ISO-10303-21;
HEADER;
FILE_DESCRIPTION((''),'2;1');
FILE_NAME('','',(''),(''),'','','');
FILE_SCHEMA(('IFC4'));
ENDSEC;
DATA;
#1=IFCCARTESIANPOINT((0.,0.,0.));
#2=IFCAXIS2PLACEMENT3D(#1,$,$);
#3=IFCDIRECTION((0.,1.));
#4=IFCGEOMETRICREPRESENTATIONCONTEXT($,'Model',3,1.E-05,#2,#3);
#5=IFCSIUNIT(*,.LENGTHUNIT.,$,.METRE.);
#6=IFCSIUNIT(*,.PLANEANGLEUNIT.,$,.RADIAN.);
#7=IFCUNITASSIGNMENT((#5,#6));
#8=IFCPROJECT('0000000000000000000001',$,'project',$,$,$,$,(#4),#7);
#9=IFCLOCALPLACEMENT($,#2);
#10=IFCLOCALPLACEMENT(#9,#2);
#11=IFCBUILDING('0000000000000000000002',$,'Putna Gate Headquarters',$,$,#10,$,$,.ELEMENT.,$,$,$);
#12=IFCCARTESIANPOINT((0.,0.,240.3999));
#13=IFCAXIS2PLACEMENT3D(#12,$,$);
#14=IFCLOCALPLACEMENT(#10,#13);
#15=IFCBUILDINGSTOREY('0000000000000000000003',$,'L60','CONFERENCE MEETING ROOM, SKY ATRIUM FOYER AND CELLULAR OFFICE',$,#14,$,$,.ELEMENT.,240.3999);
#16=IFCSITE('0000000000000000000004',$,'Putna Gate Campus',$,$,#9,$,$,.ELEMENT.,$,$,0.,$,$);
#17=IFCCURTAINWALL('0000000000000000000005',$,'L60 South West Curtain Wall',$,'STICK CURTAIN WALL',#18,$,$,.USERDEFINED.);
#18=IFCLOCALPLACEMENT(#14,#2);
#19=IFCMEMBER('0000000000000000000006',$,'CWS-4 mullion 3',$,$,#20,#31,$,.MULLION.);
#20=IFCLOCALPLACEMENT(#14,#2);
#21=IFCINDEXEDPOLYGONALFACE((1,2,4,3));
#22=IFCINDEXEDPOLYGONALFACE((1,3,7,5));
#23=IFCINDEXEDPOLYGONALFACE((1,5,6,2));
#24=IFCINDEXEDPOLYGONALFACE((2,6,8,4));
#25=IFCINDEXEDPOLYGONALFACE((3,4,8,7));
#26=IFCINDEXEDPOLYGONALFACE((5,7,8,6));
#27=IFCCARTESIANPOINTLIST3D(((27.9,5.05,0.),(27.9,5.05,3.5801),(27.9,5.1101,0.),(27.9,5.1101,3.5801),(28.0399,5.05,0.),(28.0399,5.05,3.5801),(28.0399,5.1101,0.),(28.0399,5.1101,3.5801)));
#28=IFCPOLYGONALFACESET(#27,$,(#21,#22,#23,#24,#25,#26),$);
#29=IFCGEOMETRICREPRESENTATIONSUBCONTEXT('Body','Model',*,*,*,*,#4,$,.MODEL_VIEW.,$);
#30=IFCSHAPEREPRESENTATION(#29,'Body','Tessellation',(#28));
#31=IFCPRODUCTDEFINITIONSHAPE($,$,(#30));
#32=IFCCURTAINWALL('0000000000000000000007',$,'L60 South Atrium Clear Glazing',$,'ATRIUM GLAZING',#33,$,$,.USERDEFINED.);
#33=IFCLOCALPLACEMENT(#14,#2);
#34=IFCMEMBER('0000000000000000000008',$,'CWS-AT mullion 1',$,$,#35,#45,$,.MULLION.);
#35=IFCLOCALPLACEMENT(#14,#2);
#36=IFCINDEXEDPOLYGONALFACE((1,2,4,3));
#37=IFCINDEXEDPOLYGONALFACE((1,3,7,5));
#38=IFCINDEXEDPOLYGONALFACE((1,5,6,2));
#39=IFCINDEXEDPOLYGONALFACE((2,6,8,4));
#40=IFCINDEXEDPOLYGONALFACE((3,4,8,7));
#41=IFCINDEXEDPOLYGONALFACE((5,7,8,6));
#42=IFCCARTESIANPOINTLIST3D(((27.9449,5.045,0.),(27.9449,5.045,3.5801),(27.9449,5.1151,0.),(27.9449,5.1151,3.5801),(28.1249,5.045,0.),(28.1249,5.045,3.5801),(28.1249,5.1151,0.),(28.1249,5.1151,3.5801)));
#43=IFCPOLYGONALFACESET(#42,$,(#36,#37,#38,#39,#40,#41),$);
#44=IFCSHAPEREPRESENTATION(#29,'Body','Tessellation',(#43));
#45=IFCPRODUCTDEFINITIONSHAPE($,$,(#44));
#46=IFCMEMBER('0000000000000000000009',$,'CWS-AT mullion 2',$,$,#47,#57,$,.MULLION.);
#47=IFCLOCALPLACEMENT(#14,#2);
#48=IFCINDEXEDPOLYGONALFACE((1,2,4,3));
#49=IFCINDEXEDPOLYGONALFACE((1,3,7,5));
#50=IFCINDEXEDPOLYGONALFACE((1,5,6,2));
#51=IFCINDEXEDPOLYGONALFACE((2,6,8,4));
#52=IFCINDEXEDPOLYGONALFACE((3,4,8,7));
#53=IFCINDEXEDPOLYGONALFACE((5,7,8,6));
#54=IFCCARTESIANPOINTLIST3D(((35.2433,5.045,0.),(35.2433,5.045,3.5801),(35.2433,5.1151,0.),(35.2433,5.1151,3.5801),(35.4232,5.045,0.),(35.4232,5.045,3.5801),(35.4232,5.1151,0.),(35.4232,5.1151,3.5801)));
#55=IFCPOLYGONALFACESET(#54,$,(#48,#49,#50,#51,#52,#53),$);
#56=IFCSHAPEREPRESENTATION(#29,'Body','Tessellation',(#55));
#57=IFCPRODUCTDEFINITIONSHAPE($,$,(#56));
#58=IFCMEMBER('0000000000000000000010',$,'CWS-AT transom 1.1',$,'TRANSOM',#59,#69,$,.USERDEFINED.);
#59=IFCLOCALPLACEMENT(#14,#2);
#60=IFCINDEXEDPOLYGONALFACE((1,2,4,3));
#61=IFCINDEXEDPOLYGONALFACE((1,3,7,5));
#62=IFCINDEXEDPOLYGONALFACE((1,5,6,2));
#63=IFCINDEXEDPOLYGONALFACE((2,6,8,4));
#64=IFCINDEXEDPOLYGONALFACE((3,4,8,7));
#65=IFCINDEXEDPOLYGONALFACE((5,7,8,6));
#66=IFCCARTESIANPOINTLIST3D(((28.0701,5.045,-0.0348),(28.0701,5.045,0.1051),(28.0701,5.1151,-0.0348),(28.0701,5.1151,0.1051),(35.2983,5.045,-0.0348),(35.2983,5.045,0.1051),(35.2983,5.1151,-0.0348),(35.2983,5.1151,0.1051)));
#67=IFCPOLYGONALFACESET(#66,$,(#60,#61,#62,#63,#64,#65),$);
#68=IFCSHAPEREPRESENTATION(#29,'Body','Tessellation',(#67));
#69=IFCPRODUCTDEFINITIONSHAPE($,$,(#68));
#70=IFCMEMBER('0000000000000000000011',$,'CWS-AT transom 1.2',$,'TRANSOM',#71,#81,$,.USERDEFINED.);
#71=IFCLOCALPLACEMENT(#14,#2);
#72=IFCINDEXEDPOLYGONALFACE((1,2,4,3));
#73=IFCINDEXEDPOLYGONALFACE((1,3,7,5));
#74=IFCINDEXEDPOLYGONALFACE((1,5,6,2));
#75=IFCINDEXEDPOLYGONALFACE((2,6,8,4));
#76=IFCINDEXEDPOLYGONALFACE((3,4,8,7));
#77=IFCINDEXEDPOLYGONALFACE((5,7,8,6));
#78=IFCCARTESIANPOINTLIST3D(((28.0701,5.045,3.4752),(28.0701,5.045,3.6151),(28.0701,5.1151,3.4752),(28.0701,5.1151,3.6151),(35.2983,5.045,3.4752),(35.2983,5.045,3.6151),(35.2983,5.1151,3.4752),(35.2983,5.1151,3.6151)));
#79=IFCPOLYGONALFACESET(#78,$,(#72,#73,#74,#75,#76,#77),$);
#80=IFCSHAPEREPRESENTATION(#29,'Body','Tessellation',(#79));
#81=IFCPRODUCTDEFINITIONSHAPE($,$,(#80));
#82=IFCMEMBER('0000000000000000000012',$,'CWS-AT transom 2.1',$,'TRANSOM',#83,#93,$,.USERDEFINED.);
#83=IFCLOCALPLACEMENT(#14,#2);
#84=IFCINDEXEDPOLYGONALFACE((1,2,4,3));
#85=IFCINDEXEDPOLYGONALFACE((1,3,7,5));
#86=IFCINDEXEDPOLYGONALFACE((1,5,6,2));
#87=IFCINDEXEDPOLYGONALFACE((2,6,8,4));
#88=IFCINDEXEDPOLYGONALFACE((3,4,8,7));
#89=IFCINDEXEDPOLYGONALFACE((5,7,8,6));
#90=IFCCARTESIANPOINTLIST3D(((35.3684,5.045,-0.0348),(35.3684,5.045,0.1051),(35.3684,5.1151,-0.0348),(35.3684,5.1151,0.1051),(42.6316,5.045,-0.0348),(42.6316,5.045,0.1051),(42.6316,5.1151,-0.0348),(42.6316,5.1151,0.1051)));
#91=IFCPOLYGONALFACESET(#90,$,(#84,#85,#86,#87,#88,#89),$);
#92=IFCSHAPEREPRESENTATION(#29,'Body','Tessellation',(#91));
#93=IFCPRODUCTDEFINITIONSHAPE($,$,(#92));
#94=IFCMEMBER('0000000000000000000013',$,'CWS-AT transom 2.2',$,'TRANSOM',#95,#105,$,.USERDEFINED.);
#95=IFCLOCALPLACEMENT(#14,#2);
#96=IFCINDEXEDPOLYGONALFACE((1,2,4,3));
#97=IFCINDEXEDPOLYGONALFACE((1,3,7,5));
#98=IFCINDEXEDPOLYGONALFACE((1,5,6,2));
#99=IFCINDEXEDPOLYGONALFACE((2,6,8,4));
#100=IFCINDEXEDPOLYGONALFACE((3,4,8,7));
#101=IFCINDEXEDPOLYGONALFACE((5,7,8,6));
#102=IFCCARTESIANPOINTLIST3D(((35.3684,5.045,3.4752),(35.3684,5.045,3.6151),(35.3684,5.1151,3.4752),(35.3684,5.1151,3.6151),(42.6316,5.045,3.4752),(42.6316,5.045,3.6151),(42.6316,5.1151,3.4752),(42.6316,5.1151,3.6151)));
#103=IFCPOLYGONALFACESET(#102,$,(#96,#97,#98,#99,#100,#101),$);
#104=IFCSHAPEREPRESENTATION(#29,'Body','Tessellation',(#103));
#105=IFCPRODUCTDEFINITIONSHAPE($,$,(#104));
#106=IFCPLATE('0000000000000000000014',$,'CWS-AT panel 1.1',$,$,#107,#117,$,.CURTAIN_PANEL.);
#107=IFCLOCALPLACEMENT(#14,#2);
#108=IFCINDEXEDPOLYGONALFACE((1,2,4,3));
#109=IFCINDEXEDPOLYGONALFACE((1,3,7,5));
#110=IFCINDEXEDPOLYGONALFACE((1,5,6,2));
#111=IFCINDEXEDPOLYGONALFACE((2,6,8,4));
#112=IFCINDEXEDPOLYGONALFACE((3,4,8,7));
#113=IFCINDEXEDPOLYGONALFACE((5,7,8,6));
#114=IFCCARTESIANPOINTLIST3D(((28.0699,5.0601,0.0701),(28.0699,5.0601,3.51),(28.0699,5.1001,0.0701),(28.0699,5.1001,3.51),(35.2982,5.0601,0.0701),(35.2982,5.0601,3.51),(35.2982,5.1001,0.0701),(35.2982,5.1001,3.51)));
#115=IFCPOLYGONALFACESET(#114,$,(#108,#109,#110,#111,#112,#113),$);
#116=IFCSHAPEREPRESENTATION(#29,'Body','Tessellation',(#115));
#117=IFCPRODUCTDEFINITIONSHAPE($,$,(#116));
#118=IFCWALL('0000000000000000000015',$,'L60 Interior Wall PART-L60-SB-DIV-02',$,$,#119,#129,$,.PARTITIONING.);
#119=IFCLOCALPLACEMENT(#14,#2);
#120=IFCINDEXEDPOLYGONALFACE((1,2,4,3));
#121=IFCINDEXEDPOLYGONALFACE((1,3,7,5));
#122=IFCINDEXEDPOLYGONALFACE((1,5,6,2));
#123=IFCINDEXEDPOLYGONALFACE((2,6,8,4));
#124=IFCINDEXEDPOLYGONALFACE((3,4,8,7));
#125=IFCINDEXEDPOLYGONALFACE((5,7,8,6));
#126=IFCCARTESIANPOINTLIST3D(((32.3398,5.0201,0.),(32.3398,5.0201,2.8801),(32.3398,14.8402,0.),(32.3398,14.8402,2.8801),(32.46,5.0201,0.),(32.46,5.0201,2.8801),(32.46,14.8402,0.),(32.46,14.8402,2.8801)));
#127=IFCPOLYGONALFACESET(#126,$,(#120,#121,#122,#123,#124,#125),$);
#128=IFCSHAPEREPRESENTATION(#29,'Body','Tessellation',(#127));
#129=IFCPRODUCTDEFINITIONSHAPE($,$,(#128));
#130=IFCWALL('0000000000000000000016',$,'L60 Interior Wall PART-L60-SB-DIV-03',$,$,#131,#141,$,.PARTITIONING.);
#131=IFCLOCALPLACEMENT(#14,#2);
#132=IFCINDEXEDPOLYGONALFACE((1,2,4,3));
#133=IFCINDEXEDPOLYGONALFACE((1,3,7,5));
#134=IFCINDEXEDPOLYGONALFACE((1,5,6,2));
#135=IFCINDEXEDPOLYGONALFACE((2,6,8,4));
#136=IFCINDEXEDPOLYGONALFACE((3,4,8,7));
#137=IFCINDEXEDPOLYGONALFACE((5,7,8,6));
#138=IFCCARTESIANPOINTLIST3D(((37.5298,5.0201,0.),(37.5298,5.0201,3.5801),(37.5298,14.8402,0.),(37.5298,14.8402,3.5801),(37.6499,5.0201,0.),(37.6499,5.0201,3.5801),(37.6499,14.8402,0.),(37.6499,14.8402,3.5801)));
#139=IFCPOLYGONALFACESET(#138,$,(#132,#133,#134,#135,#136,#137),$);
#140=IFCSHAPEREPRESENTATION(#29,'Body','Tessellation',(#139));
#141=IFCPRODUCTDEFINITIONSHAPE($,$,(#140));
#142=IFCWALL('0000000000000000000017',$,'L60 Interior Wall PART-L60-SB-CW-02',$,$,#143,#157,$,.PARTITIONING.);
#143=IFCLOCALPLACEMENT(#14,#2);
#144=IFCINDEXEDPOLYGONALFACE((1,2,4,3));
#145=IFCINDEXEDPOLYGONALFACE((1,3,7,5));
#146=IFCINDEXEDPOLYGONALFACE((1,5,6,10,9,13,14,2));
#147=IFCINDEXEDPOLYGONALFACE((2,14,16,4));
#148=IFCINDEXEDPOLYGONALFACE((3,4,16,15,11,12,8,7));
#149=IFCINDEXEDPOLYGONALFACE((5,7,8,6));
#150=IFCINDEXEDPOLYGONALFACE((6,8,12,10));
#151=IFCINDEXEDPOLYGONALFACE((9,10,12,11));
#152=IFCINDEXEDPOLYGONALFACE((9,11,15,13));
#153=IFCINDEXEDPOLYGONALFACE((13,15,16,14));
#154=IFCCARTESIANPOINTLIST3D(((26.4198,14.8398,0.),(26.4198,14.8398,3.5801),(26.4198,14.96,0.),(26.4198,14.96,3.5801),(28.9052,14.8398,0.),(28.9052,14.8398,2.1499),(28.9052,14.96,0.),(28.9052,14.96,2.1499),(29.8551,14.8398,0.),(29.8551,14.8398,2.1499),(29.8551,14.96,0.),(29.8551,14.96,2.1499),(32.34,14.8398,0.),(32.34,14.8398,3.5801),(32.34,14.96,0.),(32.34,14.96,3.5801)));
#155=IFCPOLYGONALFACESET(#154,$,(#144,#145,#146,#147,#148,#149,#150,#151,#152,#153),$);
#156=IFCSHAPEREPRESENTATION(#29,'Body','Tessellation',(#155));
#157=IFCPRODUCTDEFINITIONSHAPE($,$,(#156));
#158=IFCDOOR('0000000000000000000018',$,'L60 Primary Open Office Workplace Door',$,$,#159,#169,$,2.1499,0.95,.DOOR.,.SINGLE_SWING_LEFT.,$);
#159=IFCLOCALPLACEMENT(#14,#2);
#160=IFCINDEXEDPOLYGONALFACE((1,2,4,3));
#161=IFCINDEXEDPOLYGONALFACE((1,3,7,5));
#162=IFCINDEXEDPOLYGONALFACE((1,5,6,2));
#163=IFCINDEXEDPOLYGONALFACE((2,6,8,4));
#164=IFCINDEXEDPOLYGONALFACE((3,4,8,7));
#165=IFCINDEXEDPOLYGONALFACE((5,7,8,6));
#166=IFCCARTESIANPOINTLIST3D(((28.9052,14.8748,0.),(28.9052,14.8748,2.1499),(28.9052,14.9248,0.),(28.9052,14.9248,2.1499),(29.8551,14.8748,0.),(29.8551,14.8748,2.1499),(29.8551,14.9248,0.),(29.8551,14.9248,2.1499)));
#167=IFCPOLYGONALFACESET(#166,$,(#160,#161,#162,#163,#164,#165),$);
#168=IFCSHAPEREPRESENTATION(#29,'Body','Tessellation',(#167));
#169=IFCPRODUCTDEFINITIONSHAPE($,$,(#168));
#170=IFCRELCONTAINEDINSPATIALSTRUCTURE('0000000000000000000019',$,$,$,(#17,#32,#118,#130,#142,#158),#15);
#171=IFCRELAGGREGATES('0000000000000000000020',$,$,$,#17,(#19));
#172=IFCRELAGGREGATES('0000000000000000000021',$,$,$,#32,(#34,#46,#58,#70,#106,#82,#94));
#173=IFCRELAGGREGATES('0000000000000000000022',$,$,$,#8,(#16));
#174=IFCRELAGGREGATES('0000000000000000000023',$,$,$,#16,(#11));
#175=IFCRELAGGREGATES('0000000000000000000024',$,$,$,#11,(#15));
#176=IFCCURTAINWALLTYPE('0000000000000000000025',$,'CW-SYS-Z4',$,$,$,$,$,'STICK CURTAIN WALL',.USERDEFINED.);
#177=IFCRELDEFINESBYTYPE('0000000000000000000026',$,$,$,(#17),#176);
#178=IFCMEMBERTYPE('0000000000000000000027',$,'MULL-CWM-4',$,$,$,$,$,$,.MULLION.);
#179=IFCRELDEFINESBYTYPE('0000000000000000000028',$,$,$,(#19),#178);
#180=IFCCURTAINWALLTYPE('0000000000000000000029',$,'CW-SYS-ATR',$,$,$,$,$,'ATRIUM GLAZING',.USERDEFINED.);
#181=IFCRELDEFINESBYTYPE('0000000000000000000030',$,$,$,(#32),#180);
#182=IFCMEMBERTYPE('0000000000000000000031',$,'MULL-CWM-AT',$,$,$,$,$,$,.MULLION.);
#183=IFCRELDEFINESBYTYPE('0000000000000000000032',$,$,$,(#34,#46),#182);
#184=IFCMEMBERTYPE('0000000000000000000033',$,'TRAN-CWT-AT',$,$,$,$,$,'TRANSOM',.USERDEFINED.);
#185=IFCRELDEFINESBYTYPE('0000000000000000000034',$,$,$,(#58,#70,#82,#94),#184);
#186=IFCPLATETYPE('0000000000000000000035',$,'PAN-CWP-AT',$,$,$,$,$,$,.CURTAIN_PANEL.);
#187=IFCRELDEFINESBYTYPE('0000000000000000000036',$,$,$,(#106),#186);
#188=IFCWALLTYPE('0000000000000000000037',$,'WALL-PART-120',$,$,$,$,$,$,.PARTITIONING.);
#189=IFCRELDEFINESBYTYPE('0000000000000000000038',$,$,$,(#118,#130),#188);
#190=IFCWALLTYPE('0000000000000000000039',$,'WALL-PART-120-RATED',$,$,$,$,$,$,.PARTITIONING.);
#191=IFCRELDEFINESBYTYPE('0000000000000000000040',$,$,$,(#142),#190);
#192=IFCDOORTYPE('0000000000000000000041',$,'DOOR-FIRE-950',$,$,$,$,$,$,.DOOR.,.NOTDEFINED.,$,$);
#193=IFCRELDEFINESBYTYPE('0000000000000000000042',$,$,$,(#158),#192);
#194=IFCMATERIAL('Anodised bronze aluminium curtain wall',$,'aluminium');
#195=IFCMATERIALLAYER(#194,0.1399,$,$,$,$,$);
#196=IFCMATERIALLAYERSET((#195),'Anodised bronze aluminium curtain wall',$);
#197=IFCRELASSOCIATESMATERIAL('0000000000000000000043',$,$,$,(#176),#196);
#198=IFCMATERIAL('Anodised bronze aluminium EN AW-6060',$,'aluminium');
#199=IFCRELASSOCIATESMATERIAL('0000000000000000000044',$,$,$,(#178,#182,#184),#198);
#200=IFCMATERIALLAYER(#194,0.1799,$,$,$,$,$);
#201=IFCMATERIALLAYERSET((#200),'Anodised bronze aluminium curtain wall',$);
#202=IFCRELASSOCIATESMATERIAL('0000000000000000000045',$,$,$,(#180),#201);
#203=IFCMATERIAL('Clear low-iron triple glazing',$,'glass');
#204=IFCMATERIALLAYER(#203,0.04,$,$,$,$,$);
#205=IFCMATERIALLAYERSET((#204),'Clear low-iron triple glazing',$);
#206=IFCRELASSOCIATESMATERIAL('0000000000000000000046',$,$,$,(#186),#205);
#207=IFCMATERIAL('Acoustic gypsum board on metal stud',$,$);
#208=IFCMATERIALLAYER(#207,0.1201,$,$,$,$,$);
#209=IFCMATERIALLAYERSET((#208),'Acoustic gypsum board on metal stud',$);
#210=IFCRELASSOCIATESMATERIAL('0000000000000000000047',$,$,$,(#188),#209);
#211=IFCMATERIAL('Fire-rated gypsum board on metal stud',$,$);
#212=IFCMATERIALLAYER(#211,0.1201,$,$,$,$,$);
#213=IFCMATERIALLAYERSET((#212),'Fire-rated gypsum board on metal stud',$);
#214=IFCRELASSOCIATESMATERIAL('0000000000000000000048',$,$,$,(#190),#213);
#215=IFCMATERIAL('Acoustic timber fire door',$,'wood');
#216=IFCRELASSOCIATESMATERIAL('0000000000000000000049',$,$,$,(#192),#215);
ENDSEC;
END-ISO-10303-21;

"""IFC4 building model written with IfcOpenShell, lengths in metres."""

from ifc_helpers import new_model, si_unit, direction, frame, frame_2d, origin, origin_2d, place, context, subcontext, project, spatial, rectangle, extrude, material, layer, layer_set, material_profile, profile_set, type_object, element, fill, aggregate, save


model = new_model("IFC4")

# Units and contexts
model_context = context("Model", 3, precision=1e-05, world=origin(), true_north=direction((0.0, 1.0)))
body_context = subcontext(model_context, "Body", "Model", "MODEL_VIEW")
ifc_project = project(units=[si_unit("LENGTHUNIT", "METRE"), si_unit("PLANEANGLEUNIT", "RADIAN")], contexts=[model_context])

# Site, building, storey
site_placement = place(None, origin())
site = spatial("IfcSite", under=ifc_project, at=site_placement, Name="Putna Gate Campus", CompositionType="ELEMENT", RefElevation=0.0)
building_placement = place(site_placement, origin())
building = spatial("IfcBuilding", under=site, at=building_placement, Name="Putna Gate Headquarters", CompositionType="ELEMENT")
storey_placement = place(building_placement, frame((0.0, 0.0, 240.3999)))
storey = spatial("IfcBuildingStorey", under=building, at=storey_placement, Name="L60", Description="CONFERENCE MEETING ROOM, SKY ATRIUM FOYER AND CELLULAR OFFICE", CompositionType="ELEMENT", Elevation=240.3999)

# Curtain wall, member
ifc_material_1 = material(Name="Anodised bronze aluminium curtain wall", Category="aluminium")
ifc_layer_1 = layer(ifc_material_1, 0.1399)
ifc_layer_set_1 = layer_set([ifc_layer_1], Name="Anodised bronze aluminium curtain wall")
curtain_wall_type_1 = type_object("IfcCurtainWallType", Name="CW-SYS-Z4", ElementType="STICK CURTAIN WALL", PredefinedType="USERDEFINED", material=ifc_layer_set_1)
curtain_wall_1_placement = place(storey_placement, origin())
curtain_wall_1 = element("IfcCurtainWall", 1, at=curtain_wall_1_placement, inside=storey, type_object=curtain_wall_type_1, Name="L60 South West Curtain Wall", ObjectType="STICK CURTAIN WALL", PredefinedType="USERDEFINED")
ifc_material_2 = material(Name="Anodised bronze aluminium EN AW-6060", Category="aluminium")
ifc_material_profile_1 = material_profile(ifc_material_2, rectangle(XDim=0.0601, YDim=0.1399, at=origin_2d()), Name="Anodised bronze aluminium EN AW-6060")
ifc_profile_set_1 = profile_set([ifc_material_profile_1], Name="Anodised bronze aluminium EN AW-6060")
member_type_1 = type_object("IfcMemberType", Name="MULL-CWM-4", PredefinedType="MULLION", material=ifc_profile_set_1)
member_1_placement = place(storey_placement, frame((27.97, 5.0801, 0.0), z_axis=(0.0, 0.0, 1.0), x_axis=(0.0, 1.0, 0.0)))
member_1 = element("IfcMember", 2, at=member_1_placement, type_object=member_type_1, Name="CWS-4 mullion 3", PredefinedType="MULLION", context=body_context, shape_type="SweptSolid", body=[
    extrude(rectangle(XDim=0.0601, YDim=0.1399, at=origin_2d()), origin(), (0.0, 0.0, 1.0), 3.5801),
])
aggregate(curtain_wall_1, [member_1])

# Curtain wall, members, plate
ifc_layer_2 = layer(ifc_material_1, 0.1799)
ifc_layer_set_2 = layer_set([ifc_layer_2], Name="Anodised bronze aluminium curtain wall")
curtain_wall_type_2 = type_object("IfcCurtainWallType", Name="CW-SYS-ATR", ElementType="ATRIUM GLAZING", PredefinedType="USERDEFINED", material=ifc_layer_set_2)
curtain_wall_2_placement = place(storey_placement, origin())
curtain_wall_2 = element("IfcCurtainWall", 3, at=curtain_wall_2_placement, inside=storey, type_object=curtain_wall_type_2, Name="L60 South Atrium Clear Glazing", ObjectType="ATRIUM GLAZING", PredefinedType="USERDEFINED")
ifc_material_profile_2 = material_profile(ifc_material_2, rectangle(XDim=0.0701, YDim=0.1799, at=origin_2d()), Name="Anodised bronze aluminium EN AW-6060")
ifc_profile_set_2 = profile_set([ifc_material_profile_2], Name="Anodised bronze aluminium EN AW-6060")
member_type_2 = type_object("IfcMemberType", Name="MULL-CWM-AT", PredefinedType="MULLION", material=ifc_profile_set_2)
member_2_placement = place(storey_placement, frame((28.0349, 5.0801, 0.0), z_axis=(0.0, 0.0, 1.0), x_axis=(0.0, 1.0, 0.0)))
member_2 = element("IfcMember", 4, at=member_2_placement, type_object=member_type_2, Name="CWS-AT mullion 1", PredefinedType="MULLION", context=body_context, shape_type="SweptSolid", body=[
    extrude(rectangle(XDim=0.0701, YDim=0.1799, at=origin_2d()), origin(), (0.0, 0.0, 1.0), 3.5801),
])
member_3_placement = place(storey_placement, frame((35.3333, 5.0801, 0.0), z_axis=(0.0, 0.0, 1.0), x_axis=(0.0, 1.0, 0.0)))
member_3 = element("IfcMember", 5, at=member_3_placement, type_object=member_type_2, Name="CWS-AT mullion 2", PredefinedType="MULLION", context=body_context, shape_type="SweptSolid", body=[
    extrude(rectangle(XDim=0.0701, YDim=0.1799, at=origin_2d()), origin(), (0.0, 0.0, 1.0), 3.5801),
])
ifc_material_profile_3 = material_profile(ifc_material_2, rectangle(XDim=0.0701, YDim=0.1399, at=origin_2d()), Name="Anodised bronze aluminium EN AW-6060")
ifc_profile_set_3 = profile_set([ifc_material_profile_3], Name="Anodised bronze aluminium EN AW-6060")
member_type_3 = type_object("IfcMemberType", Name="TRAN-CWT-AT", ElementType="TRANSOM", PredefinedType="USERDEFINED", material=ifc_profile_set_3)
member_4_placement = place(storey_placement, frame((28.0701, 5.0801, 0.0352), z_axis=(1.0, 0.0, 0.0), x_axis=(0.0, 1.0, 0.0)))
member_4 = element("IfcMember", 6, at=member_4_placement, type_object=member_type_3, Name="CWS-AT transom 1.1", ObjectType="TRANSOM", PredefinedType="USERDEFINED", context=body_context, shape_type="SweptSolid", body=[
    extrude(rectangle(XDim=0.0701, YDim=0.1399, at=origin_2d()), origin(), (0.0, 0.0, 1.0), 7.2283),
])
member_5_placement = place(storey_placement, frame((28.0701, 5.0801, 3.5452), z_axis=(1.0, 0.0, 0.0), x_axis=(0.0, 1.0, 0.0)))
member_5 = element("IfcMember", 7, at=member_5_placement, type_object=member_type_3, Name="CWS-AT transom 1.2", ObjectType="TRANSOM", PredefinedType="USERDEFINED", context=body_context, shape_type="SweptSolid", body=[
    extrude(rectangle(XDim=0.0701, YDim=0.1399, at=origin_2d()), origin(), (0.0, 0.0, 1.0), 7.2283),
])
member_6_placement = place(storey_placement, frame((35.3684, 5.0801, 0.0352), z_axis=(1.0, 0.0, 0.0), x_axis=(0.0, 1.0, 0.0)))
member_6 = element("IfcMember", 8, at=member_6_placement, type_object=member_type_3, Name="CWS-AT transom 2.1", ObjectType="TRANSOM", PredefinedType="USERDEFINED", context=body_context, shape_type="SweptSolid", body=[
    extrude(rectangle(XDim=0.0701, YDim=0.1399, at=origin_2d()), origin(), (0.0, 0.0, 1.0), 7.2632),
])
member_7_placement = place(storey_placement, frame((35.3684, 5.0801, 3.5452), z_axis=(1.0, 0.0, 0.0), x_axis=(0.0, 1.0, 0.0)))
member_7 = element("IfcMember", 9, at=member_7_placement, type_object=member_type_3, Name="CWS-AT transom 2.2", ObjectType="TRANSOM", PredefinedType="USERDEFINED", context=body_context, shape_type="SweptSolid", body=[
    extrude(rectangle(XDim=0.0701, YDim=0.1399, at=origin_2d()), origin(), (0.0, 0.0, 1.0), 7.2632),
])
ifc_material_3 = material(Name="Clear low-iron triple glazing", Category="glass")
ifc_layer_3 = layer(ifc_material_3, 0.04)
ifc_layer_set_3 = layer_set([ifc_layer_3], Name="Clear low-iron triple glazing")
plate_type = type_object("IfcPlateType", Name="PAN-CWP-AT", PredefinedType="CURTAIN_PANEL", material=ifc_layer_set_3)
plate_placement = place(storey_placement, frame((31.6841, 5.0801, 0.0701), z_axis=(0.0, 0.0, 1.0), x_axis=(1.0, 0.0, 0.0)))
plate = element("IfcPlate", 10, at=plate_placement, type_object=plate_type, Name="CWS-AT panel 1.1", PredefinedType="CURTAIN_PANEL", context=body_context, shape_type="SweptSolid", body=[
    extrude(rectangle(XDim=7.2283, YDim=0.04, at=origin_2d()), origin(), (0.0, 0.0, 1.0), 3.4399),
])
aggregate(curtain_wall_2, [member_2, member_3, member_4, member_5, plate, member_6, member_7])

# Walls
ifc_material_4 = material(Name="Acoustic gypsum board on metal stud")
ifc_layer_4 = layer(ifc_material_4, 0.1201)
ifc_layer_set_4 = layer_set([ifc_layer_4], Name="Acoustic gypsum board on metal stud")
wall_type_1 = type_object("IfcWallType", Name="WALL-PART-120", PredefinedType="PARTITIONING", material=ifc_layer_set_4)
wall_1_placement = place(storey_placement, frame((32.3999, 5.02, 0.0), z_axis=(0.0, 0.0, 1.0), x_axis=(0.0, 1.0, 0.0)))
element("IfcWall", 11, at=wall_1_placement, inside=storey, type_object=wall_type_1, Name="L60 Interior Wall PART-L60-SB-DIV-02", PredefinedType="PARTITIONING", context=body_context, shape_type="SweptSolid", body=[
    extrude(rectangle(XDim=9.8201, YDim=0.1201, at=frame_2d((4.9102, 0.0))), origin(), (0.0, 0.0, 1.0), 2.8801),
])
wall_2_placement = place(storey_placement, frame((37.5898, 5.02, 0.0), z_axis=(0.0, 0.0, 1.0), x_axis=(0.0, 1.0, 0.0)))
element("IfcWall", 12, at=wall_2_placement, inside=storey, type_object=wall_type_1, Name="L60 Interior Wall PART-L60-SB-DIV-03", PredefinedType="PARTITIONING", context=body_context, shape_type="SweptSolid", body=[
    extrude(rectangle(XDim=9.8201, YDim=0.1201, at=frame_2d((4.9102, 0.0))), origin(), (0.0, 0.0, 1.0), 3.5801),
])

# Wall, opening, door
ifc_material_5 = material(Name="Fire-rated gypsum board on metal stud")
ifc_layer_5 = layer(ifc_material_5, 0.1201)
ifc_layer_set_5 = layer_set([ifc_layer_5], Name="Fire-rated gypsum board on metal stud")
wall_type_2 = type_object("IfcWallType", Name="WALL-PART-120-RATED", PredefinedType="PARTITIONING", material=ifc_layer_set_5)
wall_3_placement = place(storey_placement, frame((26.4199, 14.8999, 0.0), z_axis=(0.0, 0.0, 1.0), x_axis=(1.0, 0.0, 0.0)))
wall_3 = element("IfcWall", 13, at=wall_3_placement, inside=storey, type_object=wall_type_2, Name="L60 Interior Wall PART-L60-SB-CW-02", PredefinedType="PARTITIONING", context=body_context, shape_type="SweptSolid", body=[
    extrude(rectangle(XDim=5.9202, YDim=0.1201, at=frame_2d((2.96, 0.0))), origin(), (0.0, 0.0, 1.0), 3.5801),
])
opening_1_placement = place(wall_3_placement, frame((2.4851, 0.0, 0.0)))
opening_1 = element("IfcOpeningElement", 14, at=opening_1_placement, cuts=wall_3, PredefinedType="OPENING", context=body_context, shape_type="SweptSolid", body=[
    extrude(rectangle(XDim=0.95, YDim=2.1499, at=frame_2d((0.4751, 1.075))), frame((0.0, 0.0701, 0.0), z_axis=(0.0, -1.0, 0.0), x_axis=(1.0, 0.0, 0.0)), (0.0, 0.0, 1.0), 0.1401),
])
ifc_material_6 = material(Name="Acoustic timber fire door", Category="wood")
door_type = type_object("IfcDoorType", Name="DOOR-FIRE-950", OperationType="NOTDEFINED", PredefinedType="DOOR", material=ifc_material_6)
door_1_placement = place(opening_1_placement, origin())
door_1 = element("IfcDoor", 15, at=door_1_placement, inside=storey, type_object=door_type, Name="L60 Primary Open Office Workplace Door", OperationType="SINGLE_SWING_LEFT", OverallHeight=2.1499, OverallWidth=0.95, PredefinedType="DOOR", context=body_context, shape_type="SweptSolid", body=[
    extrude(rectangle(XDim=0.95, YDim=2.1499, at=frame_2d((0.4751, 1.075))), frame((0.0, 0.0249, 0.0), z_axis=(0.0, -1.0, 0.0), x_axis=(1.0, 0.0, 0.0)), (0.0, 0.0, 1.0), 0.05),
])
fill(opening_1, door_1)

save(model, "model.ifc")
